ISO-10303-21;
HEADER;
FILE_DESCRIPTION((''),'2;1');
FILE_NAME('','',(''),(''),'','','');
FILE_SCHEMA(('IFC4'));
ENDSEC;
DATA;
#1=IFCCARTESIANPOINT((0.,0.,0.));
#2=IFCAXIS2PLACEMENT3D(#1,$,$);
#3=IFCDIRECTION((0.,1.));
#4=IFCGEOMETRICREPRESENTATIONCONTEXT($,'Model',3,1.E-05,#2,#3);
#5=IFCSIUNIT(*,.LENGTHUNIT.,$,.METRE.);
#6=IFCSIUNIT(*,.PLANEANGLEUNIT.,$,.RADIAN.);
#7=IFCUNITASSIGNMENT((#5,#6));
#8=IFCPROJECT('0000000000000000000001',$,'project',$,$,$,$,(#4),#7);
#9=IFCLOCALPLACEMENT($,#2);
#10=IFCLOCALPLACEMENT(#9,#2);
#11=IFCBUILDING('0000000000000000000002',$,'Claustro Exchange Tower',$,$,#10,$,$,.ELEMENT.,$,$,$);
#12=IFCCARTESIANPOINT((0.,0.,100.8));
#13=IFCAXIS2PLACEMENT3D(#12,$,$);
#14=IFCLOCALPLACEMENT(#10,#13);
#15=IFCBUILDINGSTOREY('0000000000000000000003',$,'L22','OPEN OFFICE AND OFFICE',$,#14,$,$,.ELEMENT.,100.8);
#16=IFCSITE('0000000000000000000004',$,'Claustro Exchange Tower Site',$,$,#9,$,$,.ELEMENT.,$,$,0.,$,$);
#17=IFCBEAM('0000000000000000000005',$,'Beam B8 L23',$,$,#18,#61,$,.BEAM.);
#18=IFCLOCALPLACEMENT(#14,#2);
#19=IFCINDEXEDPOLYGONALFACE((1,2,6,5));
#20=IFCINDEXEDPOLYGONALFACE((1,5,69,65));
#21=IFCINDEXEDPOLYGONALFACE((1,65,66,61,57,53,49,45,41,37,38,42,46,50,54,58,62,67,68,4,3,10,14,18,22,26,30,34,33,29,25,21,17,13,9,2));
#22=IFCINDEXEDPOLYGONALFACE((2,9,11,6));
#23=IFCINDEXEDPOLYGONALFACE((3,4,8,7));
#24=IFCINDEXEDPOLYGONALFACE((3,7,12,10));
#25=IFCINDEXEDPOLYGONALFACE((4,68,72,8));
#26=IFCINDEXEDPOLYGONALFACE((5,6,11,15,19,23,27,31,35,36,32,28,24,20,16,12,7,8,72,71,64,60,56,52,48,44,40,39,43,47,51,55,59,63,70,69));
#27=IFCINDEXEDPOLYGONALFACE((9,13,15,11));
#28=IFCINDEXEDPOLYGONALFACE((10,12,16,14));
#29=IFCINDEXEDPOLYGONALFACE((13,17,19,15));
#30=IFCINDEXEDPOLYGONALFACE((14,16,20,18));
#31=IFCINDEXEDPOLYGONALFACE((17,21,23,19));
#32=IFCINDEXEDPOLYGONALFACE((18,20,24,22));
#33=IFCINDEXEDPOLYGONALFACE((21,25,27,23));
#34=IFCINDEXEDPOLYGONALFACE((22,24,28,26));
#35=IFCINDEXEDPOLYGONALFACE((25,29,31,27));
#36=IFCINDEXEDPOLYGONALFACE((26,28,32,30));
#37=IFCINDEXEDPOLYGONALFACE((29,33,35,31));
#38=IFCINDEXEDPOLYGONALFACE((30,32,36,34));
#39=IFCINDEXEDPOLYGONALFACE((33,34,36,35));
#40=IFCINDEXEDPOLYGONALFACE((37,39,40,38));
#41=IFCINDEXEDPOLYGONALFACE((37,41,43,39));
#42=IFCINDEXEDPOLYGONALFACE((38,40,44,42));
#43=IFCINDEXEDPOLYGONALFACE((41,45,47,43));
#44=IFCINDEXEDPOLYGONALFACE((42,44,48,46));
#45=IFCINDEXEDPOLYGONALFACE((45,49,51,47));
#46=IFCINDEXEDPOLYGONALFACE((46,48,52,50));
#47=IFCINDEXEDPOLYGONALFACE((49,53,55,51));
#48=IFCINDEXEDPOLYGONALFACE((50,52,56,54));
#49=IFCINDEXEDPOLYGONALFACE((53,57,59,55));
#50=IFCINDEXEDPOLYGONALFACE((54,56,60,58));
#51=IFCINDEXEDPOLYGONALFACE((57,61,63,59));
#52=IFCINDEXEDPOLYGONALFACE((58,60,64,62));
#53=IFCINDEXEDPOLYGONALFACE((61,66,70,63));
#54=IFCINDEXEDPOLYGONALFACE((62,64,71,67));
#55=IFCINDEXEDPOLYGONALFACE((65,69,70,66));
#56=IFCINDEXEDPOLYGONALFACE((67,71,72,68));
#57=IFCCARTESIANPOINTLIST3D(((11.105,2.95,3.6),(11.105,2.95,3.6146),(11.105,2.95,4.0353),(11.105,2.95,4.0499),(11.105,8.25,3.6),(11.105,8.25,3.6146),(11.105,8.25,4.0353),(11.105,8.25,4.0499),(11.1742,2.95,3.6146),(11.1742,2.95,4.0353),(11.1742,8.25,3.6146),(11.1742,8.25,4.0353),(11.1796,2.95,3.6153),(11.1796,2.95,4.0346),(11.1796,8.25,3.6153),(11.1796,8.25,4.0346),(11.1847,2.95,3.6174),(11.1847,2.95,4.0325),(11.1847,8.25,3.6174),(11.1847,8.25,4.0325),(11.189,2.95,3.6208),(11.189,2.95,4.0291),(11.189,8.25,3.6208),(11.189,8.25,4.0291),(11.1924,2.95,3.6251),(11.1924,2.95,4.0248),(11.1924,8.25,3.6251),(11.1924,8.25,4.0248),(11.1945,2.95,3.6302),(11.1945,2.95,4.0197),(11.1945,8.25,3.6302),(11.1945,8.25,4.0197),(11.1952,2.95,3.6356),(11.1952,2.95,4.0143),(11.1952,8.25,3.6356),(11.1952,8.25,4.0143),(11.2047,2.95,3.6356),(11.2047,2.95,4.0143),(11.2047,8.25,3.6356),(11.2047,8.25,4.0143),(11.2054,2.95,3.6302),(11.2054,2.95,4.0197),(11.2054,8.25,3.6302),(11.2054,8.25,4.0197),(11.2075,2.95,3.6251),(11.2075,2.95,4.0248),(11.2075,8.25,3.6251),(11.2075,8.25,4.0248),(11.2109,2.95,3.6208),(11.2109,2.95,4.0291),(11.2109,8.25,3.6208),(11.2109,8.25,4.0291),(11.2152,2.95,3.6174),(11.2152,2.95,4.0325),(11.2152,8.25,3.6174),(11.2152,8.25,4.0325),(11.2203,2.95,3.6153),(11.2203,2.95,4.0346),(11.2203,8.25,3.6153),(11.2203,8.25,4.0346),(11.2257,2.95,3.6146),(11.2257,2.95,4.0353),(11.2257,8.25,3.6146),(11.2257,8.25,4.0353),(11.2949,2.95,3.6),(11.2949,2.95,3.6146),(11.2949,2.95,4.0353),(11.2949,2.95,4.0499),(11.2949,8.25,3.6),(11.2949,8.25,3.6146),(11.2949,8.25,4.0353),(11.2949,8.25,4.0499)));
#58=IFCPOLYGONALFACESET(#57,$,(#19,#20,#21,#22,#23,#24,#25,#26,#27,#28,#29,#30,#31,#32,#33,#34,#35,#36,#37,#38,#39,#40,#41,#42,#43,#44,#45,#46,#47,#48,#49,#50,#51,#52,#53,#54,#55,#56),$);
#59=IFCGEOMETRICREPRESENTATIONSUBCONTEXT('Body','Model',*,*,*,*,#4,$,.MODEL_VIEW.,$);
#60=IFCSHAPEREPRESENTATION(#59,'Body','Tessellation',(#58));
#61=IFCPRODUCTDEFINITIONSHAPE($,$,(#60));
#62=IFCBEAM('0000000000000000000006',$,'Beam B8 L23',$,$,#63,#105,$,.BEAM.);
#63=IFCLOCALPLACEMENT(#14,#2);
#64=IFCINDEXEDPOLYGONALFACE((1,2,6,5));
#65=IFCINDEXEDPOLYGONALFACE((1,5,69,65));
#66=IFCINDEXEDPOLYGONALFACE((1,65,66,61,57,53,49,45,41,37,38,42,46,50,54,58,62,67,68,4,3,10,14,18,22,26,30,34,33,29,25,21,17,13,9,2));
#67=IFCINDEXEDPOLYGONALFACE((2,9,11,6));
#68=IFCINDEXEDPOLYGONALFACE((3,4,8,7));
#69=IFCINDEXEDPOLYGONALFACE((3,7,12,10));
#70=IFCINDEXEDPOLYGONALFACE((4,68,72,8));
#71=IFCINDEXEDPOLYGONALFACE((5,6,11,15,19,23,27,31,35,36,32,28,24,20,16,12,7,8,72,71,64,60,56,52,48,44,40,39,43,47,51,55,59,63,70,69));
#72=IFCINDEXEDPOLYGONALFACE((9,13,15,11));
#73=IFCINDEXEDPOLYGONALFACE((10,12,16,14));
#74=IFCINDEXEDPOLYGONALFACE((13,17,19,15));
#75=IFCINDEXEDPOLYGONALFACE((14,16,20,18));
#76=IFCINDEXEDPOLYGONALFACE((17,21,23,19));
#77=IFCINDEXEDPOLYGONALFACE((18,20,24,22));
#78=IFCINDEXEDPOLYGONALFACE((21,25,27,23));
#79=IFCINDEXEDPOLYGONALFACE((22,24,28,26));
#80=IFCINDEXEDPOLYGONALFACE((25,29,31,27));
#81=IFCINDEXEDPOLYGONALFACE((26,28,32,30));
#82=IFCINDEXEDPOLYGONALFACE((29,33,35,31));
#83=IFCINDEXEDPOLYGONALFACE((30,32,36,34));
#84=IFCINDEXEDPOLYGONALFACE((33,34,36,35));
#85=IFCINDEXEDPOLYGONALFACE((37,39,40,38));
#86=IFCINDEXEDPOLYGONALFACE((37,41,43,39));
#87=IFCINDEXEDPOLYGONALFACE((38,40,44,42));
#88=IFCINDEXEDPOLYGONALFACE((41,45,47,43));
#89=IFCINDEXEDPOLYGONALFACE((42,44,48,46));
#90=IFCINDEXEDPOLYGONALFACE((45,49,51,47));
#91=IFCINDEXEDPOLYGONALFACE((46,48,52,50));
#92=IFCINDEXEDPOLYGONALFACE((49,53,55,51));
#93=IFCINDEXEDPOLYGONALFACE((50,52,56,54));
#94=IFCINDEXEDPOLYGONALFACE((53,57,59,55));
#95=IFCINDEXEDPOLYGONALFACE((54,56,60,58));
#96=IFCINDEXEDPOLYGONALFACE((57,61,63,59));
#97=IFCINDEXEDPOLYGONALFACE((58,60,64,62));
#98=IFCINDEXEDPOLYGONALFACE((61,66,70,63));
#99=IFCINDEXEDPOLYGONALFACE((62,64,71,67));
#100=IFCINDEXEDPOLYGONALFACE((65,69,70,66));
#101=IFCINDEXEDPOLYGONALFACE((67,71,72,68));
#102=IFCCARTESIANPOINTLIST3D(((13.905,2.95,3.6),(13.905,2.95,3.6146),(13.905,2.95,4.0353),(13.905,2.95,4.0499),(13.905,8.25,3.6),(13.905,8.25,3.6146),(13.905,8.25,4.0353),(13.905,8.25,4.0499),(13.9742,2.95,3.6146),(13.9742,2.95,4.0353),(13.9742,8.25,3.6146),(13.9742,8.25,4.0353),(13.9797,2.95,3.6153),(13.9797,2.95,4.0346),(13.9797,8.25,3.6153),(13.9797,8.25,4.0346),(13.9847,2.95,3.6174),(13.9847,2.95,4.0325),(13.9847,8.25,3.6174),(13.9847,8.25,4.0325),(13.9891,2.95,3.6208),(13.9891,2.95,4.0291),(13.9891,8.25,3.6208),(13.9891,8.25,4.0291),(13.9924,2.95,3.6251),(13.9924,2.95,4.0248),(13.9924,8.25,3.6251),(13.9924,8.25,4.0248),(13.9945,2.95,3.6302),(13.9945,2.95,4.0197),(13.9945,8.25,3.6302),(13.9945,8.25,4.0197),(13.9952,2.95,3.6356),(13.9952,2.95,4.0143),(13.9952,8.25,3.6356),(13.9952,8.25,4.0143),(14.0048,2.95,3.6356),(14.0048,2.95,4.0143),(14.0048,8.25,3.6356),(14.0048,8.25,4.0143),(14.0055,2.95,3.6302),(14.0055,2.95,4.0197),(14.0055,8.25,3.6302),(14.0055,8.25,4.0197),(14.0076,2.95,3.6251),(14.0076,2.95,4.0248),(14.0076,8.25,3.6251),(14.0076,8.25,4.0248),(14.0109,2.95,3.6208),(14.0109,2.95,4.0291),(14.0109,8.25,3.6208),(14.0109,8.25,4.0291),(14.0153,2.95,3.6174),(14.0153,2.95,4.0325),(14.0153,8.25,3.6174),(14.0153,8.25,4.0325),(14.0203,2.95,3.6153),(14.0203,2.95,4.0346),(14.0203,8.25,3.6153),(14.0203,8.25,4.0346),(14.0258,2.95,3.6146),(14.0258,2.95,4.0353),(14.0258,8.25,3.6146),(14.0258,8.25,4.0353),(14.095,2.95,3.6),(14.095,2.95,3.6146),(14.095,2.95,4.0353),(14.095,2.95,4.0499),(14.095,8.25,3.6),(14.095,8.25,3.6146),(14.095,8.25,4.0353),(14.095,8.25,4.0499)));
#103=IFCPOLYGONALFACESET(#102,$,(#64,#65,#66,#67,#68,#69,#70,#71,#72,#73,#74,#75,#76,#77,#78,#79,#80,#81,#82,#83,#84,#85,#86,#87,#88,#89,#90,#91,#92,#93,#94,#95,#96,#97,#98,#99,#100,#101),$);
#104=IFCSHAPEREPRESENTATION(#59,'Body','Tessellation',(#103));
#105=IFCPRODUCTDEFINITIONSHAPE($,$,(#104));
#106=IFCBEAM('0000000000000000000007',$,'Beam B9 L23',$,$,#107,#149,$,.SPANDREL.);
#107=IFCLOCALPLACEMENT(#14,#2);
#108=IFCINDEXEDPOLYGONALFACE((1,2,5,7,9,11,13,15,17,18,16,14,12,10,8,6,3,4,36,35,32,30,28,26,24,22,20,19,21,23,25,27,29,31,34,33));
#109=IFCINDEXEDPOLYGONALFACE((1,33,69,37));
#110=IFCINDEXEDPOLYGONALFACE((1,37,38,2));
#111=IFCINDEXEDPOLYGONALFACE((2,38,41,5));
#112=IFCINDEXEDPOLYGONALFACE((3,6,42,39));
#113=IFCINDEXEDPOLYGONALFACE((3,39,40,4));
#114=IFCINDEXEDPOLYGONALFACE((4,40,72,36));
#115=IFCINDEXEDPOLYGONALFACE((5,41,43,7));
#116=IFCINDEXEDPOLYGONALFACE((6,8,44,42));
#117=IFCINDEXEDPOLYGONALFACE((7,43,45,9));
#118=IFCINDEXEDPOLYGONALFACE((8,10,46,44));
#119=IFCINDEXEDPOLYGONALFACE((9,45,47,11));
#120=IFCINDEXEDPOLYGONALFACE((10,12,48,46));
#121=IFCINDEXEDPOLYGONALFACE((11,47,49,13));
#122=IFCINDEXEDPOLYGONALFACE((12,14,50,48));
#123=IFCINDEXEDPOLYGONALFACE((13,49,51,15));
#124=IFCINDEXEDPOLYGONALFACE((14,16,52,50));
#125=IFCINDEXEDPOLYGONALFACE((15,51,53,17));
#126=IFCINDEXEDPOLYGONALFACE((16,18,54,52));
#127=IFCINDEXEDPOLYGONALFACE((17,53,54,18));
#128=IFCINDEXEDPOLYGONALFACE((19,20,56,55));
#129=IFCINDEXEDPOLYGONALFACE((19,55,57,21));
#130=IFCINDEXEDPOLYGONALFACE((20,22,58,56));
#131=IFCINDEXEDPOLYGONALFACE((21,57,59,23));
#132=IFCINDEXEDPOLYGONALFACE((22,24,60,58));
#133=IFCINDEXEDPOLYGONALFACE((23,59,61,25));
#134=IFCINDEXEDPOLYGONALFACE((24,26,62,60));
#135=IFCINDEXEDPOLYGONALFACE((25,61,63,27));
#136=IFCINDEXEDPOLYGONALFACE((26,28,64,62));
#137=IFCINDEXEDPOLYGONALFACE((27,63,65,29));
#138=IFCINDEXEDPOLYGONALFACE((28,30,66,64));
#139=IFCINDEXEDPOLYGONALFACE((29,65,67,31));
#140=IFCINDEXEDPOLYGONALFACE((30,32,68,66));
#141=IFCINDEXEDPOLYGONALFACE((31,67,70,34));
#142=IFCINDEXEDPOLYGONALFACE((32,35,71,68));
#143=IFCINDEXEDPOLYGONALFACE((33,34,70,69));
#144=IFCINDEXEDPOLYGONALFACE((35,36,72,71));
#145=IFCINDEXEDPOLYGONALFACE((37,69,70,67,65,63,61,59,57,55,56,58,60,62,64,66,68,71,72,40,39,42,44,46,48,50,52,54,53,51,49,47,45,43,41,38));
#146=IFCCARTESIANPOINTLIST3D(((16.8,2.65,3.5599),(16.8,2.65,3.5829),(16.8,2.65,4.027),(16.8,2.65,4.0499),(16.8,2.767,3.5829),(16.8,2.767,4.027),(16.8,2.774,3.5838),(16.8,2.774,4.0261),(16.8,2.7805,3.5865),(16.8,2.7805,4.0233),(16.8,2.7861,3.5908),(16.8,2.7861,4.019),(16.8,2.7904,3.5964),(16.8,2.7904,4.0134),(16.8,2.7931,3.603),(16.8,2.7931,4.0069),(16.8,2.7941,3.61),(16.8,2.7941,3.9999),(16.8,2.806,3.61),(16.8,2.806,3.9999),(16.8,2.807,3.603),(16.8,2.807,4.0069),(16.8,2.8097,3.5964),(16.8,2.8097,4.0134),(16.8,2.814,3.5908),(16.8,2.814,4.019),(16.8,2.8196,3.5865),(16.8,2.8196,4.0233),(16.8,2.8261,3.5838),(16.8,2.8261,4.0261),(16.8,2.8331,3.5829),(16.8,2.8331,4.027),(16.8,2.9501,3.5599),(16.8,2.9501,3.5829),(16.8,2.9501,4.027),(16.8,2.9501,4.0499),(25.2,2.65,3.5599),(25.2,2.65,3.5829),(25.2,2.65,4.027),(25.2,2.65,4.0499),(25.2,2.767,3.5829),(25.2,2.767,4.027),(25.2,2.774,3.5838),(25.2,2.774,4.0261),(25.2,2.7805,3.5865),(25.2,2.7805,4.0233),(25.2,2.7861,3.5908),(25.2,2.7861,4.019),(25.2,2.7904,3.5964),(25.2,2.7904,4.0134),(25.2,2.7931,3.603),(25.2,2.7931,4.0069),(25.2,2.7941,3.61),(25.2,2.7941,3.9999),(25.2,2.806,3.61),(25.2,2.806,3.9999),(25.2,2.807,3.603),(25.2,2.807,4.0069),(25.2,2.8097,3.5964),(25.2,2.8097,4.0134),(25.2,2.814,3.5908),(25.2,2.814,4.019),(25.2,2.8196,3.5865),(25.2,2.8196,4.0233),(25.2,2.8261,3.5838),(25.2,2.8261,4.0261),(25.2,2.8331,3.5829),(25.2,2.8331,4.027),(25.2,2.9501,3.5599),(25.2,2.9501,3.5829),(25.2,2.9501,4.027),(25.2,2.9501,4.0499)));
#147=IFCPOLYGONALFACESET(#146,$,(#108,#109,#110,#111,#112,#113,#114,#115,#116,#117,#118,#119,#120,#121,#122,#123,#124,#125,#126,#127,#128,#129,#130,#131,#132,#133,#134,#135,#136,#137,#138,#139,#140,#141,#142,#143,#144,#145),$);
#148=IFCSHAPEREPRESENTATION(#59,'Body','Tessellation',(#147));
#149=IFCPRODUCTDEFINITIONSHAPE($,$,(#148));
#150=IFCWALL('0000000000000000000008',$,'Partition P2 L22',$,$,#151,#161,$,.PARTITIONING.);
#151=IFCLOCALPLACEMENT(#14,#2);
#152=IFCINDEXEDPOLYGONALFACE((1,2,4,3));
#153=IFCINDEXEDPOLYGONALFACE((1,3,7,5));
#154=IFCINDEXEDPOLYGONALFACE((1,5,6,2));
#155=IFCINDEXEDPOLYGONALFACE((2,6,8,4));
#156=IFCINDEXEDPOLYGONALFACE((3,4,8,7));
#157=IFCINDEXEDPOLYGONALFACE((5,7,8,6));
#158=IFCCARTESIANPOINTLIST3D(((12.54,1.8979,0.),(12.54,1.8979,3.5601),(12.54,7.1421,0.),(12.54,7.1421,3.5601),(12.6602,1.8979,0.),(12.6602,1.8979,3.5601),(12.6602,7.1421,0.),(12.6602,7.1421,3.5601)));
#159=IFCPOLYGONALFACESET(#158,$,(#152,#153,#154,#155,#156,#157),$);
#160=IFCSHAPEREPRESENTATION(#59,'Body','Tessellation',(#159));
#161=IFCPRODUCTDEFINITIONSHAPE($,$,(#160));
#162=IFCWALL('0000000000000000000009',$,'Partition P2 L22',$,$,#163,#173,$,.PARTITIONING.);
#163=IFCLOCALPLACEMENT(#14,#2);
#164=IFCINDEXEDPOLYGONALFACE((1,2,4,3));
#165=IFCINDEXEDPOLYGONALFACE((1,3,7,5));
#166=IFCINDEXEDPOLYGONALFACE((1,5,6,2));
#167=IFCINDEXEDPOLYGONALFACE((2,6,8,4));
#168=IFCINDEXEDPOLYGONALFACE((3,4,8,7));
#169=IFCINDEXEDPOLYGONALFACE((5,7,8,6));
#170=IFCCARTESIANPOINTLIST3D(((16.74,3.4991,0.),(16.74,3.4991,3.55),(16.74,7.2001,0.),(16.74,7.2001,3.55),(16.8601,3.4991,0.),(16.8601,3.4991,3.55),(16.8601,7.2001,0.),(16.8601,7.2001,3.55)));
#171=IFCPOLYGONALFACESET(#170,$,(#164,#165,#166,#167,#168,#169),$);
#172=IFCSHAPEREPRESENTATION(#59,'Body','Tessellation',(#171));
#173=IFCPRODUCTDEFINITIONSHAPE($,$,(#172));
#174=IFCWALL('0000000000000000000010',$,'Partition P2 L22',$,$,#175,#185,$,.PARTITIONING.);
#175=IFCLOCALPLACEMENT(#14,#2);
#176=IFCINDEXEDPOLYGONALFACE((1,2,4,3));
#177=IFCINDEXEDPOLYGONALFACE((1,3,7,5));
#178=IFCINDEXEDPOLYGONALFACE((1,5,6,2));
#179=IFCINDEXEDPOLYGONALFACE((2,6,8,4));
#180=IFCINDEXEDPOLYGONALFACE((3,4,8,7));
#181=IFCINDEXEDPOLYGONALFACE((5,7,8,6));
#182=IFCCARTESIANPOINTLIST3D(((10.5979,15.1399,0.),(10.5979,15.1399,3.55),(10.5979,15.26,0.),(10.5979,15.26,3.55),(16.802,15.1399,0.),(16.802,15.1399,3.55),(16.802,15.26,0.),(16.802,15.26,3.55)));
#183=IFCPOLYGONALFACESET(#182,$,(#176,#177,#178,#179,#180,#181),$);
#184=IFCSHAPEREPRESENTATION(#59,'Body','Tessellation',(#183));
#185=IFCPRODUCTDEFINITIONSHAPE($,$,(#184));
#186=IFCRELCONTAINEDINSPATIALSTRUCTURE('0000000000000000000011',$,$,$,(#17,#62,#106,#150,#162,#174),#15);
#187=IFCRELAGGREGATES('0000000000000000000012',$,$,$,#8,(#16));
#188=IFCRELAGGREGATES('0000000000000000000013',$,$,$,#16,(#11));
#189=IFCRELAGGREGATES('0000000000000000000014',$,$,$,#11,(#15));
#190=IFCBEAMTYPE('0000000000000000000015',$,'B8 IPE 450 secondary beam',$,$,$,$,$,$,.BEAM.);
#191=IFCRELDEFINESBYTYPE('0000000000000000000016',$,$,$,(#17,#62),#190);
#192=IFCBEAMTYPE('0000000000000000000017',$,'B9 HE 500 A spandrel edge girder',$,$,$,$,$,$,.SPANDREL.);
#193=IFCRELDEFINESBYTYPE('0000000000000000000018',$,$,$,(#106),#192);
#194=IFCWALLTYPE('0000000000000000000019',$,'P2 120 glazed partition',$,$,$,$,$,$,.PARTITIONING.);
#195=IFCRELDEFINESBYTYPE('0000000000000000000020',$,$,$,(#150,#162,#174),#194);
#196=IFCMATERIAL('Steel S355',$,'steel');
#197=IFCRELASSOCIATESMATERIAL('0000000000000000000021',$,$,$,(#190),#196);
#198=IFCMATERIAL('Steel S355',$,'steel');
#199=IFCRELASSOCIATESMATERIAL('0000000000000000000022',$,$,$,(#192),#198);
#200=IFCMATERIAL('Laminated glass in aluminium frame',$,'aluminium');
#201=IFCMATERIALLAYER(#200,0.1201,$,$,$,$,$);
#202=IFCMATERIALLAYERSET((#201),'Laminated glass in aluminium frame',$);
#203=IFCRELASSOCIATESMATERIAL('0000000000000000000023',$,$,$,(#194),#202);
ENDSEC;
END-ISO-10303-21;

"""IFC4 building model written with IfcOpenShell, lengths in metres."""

from ifc_helpers import new_model, si_unit, direction, frame, frame_2d, origin, origin_2d, place, context, subcontext, project, spatial, rectangle, i_section, extrude, material, layer, layer_set, material_profile, profile_set, type_object, element, save


model = new_model("IFC4")

# Units and contexts
model_context = context("Model", 3, precision=1e-05, world=origin(), true_north=direction((0.0, 1.0)))
body_context = subcontext(model_context, "Body", "Model", "MODEL_VIEW")
ifc_project = project(units=[si_unit("LENGTHUNIT", "METRE"), si_unit("PLANEANGLEUNIT", "RADIAN")], contexts=[model_context])

# Site, building, storey
site_placement = place(None, origin())
site = spatial("IfcSite", under=ifc_project, at=site_placement, Name="Claustro Exchange Tower Site", CompositionType="ELEMENT", RefElevation=0.0)
building_placement = place(site_placement, origin())
building = spatial("IfcBuilding", under=site, at=building_placement, Name="Claustro Exchange Tower", CompositionType="ELEMENT")
storey_placement = place(building_placement, frame((0.0, 0.0, 100.8)))
storey = spatial("IfcBuildingStorey", under=building, at=storey_placement, Name="L22", Description="OPEN OFFICE AND OFFICE", CompositionType="ELEMENT", Elevation=100.8)

# Beams
ifc_material_1 = material(Name="Steel S355", Category="steel")
ifc_material_profile_1 = material_profile(ifc_material_1, i_section(OverallWidth=0.1899, OverallDepth=0.45, WebThickness=0.0095, FlangeThickness=0.0146, FilletRadius=0.021, at=origin_2d()), Name="IPE 450")
ifc_profile_set_1 = profile_set([ifc_material_profile_1], Name="Steel S355")
beam_type_1 = type_object("IfcBeamType", Name="B8 IPE 450 secondary beam", PredefinedType="BEAM", material=ifc_profile_set_1)
for number, where, z_axis, x_axis, name in (
    (1, (11.2, 2.95, 3.825), (0.0, 1.0, 0.0), (-1.0, 0.0, 0.0), "Beam B8 L23"),
    (2, (14.0, 2.95, 3.825), (0.0, 1.0, 0.0), (-1.0, 0.0, 0.0), "Beam B8 L23"),
):
    element("IfcBeam", number, at=place(storey_placement, frame(where, z_axis=z_axis, x_axis=x_axis)), inside=storey, type_object=beam_type_1, Name=name, PredefinedType="BEAM", context=body_context, shape_type="SweptSolid", body=[
        extrude(i_section(OverallWidth=0.1899, OverallDepth=0.45, WebThickness=0.0095, FlangeThickness=0.0146, FilletRadius=0.021, at=origin_2d()), origin(), (0.0, 0.0, 1.0), 5.3),
    ])
ifc_material_2 = material(Name="Steel S355", Category="steel")
ifc_material_profile_2 = material_profile(ifc_material_2, i_section(OverallWidth=0.3, OverallDepth=0.49, WebThickness=0.012, FlangeThickness=0.0229, FilletRadius=0.0271, at=origin_2d()), Name="HE 500 A")
ifc_profile_set_2 = profile_set([ifc_material_profile_2], Name="Steel S355")
beam_type_2 = type_object("IfcBeamType", Name="B9 HE 500 A spandrel edge girder", PredefinedType="SPANDREL", material=ifc_profile_set_2)
beam_1_placement = place(storey_placement, frame((16.8, 2.8, 3.8049), z_axis=(1.0, 0.0, 0.0), x_axis=(0.0, 1.0, 0.0)))
element("IfcBeam", 3, at=beam_1_placement, inside=storey, type_object=beam_type_2, Name="Beam B9 L23", PredefinedType="SPANDREL", context=body_context, shape_type="SweptSolid", body=[
    extrude(i_section(OverallWidth=0.3, OverallDepth=0.49, WebThickness=0.012, FlangeThickness=0.0229, FilletRadius=0.0271, at=origin_2d()), origin(), (0.0, 0.0, 1.0), 8.3999),
])

# Walls
ifc_material_3 = material(Name="Laminated glass in aluminium frame", Category="aluminium")
ifc_layer_1 = layer(ifc_material_3, 0.1201)
ifc_layer_set_1 = layer_set([ifc_layer_1], Name="Laminated glass in aluminium frame")
wall_type_1 = type_object("IfcWallType", Name="P2 120 glazed partition", PredefinedType="PARTITIONING", material=ifc_layer_set_1)
wall_1_placement = place(storey_placement, frame((12.6001, 1.8979, 0.0), z_axis=(0.0, 0.0, 1.0), x_axis=(0.0, 1.0, 0.0)))
element("IfcWall", 4, at=wall_1_placement, inside=storey, type_object=wall_type_1, Name="Partition P2 L22", PredefinedType="PARTITIONING", context=body_context, shape_type="SweptSolid", body=[
    extrude(rectangle(XDim=5.2441, YDim=0.1201, at=frame_2d((2.6221, 0.0))), origin(), (0.0, 0.0, 1.0), 3.5601),
])
wall_2_placement = place(storey_placement, frame((16.8, 3.499, 0.0), z_axis=(0.0, 0.0, 1.0), x_axis=(0.0, 1.0, 0.0)))
element("IfcWall", 5, at=wall_2_placement, inside=storey, type_object=wall_type_1, Name="Partition P2 L22", PredefinedType="PARTITIONING", context=body_context, shape_type="SweptSolid", body=[
    extrude(rectangle(XDim=3.7009, YDim=0.1201, at=frame_2d((1.8506, 0.0))), origin(), (0.0, 0.0, 1.0), 3.55),
])
wall_3_placement = place(storey_placement, frame((10.5979, 15.2, 0.0), z_axis=(0.0, 0.0, 1.0), x_axis=(1.0, 0.0, 0.0)))
element("IfcWall", 6, at=wall_3_placement, inside=storey, type_object=wall_type_1, Name="Partition P2 L22", PredefinedType="PARTITIONING", context=body_context, shape_type="SweptSolid", body=[
    extrude(rectangle(XDim=6.2041, YDim=0.1201, at=frame_2d((3.1021, 0.0))), origin(), (0.0, 0.0, 1.0), 3.55),
])

save(model, "model.ifc")
